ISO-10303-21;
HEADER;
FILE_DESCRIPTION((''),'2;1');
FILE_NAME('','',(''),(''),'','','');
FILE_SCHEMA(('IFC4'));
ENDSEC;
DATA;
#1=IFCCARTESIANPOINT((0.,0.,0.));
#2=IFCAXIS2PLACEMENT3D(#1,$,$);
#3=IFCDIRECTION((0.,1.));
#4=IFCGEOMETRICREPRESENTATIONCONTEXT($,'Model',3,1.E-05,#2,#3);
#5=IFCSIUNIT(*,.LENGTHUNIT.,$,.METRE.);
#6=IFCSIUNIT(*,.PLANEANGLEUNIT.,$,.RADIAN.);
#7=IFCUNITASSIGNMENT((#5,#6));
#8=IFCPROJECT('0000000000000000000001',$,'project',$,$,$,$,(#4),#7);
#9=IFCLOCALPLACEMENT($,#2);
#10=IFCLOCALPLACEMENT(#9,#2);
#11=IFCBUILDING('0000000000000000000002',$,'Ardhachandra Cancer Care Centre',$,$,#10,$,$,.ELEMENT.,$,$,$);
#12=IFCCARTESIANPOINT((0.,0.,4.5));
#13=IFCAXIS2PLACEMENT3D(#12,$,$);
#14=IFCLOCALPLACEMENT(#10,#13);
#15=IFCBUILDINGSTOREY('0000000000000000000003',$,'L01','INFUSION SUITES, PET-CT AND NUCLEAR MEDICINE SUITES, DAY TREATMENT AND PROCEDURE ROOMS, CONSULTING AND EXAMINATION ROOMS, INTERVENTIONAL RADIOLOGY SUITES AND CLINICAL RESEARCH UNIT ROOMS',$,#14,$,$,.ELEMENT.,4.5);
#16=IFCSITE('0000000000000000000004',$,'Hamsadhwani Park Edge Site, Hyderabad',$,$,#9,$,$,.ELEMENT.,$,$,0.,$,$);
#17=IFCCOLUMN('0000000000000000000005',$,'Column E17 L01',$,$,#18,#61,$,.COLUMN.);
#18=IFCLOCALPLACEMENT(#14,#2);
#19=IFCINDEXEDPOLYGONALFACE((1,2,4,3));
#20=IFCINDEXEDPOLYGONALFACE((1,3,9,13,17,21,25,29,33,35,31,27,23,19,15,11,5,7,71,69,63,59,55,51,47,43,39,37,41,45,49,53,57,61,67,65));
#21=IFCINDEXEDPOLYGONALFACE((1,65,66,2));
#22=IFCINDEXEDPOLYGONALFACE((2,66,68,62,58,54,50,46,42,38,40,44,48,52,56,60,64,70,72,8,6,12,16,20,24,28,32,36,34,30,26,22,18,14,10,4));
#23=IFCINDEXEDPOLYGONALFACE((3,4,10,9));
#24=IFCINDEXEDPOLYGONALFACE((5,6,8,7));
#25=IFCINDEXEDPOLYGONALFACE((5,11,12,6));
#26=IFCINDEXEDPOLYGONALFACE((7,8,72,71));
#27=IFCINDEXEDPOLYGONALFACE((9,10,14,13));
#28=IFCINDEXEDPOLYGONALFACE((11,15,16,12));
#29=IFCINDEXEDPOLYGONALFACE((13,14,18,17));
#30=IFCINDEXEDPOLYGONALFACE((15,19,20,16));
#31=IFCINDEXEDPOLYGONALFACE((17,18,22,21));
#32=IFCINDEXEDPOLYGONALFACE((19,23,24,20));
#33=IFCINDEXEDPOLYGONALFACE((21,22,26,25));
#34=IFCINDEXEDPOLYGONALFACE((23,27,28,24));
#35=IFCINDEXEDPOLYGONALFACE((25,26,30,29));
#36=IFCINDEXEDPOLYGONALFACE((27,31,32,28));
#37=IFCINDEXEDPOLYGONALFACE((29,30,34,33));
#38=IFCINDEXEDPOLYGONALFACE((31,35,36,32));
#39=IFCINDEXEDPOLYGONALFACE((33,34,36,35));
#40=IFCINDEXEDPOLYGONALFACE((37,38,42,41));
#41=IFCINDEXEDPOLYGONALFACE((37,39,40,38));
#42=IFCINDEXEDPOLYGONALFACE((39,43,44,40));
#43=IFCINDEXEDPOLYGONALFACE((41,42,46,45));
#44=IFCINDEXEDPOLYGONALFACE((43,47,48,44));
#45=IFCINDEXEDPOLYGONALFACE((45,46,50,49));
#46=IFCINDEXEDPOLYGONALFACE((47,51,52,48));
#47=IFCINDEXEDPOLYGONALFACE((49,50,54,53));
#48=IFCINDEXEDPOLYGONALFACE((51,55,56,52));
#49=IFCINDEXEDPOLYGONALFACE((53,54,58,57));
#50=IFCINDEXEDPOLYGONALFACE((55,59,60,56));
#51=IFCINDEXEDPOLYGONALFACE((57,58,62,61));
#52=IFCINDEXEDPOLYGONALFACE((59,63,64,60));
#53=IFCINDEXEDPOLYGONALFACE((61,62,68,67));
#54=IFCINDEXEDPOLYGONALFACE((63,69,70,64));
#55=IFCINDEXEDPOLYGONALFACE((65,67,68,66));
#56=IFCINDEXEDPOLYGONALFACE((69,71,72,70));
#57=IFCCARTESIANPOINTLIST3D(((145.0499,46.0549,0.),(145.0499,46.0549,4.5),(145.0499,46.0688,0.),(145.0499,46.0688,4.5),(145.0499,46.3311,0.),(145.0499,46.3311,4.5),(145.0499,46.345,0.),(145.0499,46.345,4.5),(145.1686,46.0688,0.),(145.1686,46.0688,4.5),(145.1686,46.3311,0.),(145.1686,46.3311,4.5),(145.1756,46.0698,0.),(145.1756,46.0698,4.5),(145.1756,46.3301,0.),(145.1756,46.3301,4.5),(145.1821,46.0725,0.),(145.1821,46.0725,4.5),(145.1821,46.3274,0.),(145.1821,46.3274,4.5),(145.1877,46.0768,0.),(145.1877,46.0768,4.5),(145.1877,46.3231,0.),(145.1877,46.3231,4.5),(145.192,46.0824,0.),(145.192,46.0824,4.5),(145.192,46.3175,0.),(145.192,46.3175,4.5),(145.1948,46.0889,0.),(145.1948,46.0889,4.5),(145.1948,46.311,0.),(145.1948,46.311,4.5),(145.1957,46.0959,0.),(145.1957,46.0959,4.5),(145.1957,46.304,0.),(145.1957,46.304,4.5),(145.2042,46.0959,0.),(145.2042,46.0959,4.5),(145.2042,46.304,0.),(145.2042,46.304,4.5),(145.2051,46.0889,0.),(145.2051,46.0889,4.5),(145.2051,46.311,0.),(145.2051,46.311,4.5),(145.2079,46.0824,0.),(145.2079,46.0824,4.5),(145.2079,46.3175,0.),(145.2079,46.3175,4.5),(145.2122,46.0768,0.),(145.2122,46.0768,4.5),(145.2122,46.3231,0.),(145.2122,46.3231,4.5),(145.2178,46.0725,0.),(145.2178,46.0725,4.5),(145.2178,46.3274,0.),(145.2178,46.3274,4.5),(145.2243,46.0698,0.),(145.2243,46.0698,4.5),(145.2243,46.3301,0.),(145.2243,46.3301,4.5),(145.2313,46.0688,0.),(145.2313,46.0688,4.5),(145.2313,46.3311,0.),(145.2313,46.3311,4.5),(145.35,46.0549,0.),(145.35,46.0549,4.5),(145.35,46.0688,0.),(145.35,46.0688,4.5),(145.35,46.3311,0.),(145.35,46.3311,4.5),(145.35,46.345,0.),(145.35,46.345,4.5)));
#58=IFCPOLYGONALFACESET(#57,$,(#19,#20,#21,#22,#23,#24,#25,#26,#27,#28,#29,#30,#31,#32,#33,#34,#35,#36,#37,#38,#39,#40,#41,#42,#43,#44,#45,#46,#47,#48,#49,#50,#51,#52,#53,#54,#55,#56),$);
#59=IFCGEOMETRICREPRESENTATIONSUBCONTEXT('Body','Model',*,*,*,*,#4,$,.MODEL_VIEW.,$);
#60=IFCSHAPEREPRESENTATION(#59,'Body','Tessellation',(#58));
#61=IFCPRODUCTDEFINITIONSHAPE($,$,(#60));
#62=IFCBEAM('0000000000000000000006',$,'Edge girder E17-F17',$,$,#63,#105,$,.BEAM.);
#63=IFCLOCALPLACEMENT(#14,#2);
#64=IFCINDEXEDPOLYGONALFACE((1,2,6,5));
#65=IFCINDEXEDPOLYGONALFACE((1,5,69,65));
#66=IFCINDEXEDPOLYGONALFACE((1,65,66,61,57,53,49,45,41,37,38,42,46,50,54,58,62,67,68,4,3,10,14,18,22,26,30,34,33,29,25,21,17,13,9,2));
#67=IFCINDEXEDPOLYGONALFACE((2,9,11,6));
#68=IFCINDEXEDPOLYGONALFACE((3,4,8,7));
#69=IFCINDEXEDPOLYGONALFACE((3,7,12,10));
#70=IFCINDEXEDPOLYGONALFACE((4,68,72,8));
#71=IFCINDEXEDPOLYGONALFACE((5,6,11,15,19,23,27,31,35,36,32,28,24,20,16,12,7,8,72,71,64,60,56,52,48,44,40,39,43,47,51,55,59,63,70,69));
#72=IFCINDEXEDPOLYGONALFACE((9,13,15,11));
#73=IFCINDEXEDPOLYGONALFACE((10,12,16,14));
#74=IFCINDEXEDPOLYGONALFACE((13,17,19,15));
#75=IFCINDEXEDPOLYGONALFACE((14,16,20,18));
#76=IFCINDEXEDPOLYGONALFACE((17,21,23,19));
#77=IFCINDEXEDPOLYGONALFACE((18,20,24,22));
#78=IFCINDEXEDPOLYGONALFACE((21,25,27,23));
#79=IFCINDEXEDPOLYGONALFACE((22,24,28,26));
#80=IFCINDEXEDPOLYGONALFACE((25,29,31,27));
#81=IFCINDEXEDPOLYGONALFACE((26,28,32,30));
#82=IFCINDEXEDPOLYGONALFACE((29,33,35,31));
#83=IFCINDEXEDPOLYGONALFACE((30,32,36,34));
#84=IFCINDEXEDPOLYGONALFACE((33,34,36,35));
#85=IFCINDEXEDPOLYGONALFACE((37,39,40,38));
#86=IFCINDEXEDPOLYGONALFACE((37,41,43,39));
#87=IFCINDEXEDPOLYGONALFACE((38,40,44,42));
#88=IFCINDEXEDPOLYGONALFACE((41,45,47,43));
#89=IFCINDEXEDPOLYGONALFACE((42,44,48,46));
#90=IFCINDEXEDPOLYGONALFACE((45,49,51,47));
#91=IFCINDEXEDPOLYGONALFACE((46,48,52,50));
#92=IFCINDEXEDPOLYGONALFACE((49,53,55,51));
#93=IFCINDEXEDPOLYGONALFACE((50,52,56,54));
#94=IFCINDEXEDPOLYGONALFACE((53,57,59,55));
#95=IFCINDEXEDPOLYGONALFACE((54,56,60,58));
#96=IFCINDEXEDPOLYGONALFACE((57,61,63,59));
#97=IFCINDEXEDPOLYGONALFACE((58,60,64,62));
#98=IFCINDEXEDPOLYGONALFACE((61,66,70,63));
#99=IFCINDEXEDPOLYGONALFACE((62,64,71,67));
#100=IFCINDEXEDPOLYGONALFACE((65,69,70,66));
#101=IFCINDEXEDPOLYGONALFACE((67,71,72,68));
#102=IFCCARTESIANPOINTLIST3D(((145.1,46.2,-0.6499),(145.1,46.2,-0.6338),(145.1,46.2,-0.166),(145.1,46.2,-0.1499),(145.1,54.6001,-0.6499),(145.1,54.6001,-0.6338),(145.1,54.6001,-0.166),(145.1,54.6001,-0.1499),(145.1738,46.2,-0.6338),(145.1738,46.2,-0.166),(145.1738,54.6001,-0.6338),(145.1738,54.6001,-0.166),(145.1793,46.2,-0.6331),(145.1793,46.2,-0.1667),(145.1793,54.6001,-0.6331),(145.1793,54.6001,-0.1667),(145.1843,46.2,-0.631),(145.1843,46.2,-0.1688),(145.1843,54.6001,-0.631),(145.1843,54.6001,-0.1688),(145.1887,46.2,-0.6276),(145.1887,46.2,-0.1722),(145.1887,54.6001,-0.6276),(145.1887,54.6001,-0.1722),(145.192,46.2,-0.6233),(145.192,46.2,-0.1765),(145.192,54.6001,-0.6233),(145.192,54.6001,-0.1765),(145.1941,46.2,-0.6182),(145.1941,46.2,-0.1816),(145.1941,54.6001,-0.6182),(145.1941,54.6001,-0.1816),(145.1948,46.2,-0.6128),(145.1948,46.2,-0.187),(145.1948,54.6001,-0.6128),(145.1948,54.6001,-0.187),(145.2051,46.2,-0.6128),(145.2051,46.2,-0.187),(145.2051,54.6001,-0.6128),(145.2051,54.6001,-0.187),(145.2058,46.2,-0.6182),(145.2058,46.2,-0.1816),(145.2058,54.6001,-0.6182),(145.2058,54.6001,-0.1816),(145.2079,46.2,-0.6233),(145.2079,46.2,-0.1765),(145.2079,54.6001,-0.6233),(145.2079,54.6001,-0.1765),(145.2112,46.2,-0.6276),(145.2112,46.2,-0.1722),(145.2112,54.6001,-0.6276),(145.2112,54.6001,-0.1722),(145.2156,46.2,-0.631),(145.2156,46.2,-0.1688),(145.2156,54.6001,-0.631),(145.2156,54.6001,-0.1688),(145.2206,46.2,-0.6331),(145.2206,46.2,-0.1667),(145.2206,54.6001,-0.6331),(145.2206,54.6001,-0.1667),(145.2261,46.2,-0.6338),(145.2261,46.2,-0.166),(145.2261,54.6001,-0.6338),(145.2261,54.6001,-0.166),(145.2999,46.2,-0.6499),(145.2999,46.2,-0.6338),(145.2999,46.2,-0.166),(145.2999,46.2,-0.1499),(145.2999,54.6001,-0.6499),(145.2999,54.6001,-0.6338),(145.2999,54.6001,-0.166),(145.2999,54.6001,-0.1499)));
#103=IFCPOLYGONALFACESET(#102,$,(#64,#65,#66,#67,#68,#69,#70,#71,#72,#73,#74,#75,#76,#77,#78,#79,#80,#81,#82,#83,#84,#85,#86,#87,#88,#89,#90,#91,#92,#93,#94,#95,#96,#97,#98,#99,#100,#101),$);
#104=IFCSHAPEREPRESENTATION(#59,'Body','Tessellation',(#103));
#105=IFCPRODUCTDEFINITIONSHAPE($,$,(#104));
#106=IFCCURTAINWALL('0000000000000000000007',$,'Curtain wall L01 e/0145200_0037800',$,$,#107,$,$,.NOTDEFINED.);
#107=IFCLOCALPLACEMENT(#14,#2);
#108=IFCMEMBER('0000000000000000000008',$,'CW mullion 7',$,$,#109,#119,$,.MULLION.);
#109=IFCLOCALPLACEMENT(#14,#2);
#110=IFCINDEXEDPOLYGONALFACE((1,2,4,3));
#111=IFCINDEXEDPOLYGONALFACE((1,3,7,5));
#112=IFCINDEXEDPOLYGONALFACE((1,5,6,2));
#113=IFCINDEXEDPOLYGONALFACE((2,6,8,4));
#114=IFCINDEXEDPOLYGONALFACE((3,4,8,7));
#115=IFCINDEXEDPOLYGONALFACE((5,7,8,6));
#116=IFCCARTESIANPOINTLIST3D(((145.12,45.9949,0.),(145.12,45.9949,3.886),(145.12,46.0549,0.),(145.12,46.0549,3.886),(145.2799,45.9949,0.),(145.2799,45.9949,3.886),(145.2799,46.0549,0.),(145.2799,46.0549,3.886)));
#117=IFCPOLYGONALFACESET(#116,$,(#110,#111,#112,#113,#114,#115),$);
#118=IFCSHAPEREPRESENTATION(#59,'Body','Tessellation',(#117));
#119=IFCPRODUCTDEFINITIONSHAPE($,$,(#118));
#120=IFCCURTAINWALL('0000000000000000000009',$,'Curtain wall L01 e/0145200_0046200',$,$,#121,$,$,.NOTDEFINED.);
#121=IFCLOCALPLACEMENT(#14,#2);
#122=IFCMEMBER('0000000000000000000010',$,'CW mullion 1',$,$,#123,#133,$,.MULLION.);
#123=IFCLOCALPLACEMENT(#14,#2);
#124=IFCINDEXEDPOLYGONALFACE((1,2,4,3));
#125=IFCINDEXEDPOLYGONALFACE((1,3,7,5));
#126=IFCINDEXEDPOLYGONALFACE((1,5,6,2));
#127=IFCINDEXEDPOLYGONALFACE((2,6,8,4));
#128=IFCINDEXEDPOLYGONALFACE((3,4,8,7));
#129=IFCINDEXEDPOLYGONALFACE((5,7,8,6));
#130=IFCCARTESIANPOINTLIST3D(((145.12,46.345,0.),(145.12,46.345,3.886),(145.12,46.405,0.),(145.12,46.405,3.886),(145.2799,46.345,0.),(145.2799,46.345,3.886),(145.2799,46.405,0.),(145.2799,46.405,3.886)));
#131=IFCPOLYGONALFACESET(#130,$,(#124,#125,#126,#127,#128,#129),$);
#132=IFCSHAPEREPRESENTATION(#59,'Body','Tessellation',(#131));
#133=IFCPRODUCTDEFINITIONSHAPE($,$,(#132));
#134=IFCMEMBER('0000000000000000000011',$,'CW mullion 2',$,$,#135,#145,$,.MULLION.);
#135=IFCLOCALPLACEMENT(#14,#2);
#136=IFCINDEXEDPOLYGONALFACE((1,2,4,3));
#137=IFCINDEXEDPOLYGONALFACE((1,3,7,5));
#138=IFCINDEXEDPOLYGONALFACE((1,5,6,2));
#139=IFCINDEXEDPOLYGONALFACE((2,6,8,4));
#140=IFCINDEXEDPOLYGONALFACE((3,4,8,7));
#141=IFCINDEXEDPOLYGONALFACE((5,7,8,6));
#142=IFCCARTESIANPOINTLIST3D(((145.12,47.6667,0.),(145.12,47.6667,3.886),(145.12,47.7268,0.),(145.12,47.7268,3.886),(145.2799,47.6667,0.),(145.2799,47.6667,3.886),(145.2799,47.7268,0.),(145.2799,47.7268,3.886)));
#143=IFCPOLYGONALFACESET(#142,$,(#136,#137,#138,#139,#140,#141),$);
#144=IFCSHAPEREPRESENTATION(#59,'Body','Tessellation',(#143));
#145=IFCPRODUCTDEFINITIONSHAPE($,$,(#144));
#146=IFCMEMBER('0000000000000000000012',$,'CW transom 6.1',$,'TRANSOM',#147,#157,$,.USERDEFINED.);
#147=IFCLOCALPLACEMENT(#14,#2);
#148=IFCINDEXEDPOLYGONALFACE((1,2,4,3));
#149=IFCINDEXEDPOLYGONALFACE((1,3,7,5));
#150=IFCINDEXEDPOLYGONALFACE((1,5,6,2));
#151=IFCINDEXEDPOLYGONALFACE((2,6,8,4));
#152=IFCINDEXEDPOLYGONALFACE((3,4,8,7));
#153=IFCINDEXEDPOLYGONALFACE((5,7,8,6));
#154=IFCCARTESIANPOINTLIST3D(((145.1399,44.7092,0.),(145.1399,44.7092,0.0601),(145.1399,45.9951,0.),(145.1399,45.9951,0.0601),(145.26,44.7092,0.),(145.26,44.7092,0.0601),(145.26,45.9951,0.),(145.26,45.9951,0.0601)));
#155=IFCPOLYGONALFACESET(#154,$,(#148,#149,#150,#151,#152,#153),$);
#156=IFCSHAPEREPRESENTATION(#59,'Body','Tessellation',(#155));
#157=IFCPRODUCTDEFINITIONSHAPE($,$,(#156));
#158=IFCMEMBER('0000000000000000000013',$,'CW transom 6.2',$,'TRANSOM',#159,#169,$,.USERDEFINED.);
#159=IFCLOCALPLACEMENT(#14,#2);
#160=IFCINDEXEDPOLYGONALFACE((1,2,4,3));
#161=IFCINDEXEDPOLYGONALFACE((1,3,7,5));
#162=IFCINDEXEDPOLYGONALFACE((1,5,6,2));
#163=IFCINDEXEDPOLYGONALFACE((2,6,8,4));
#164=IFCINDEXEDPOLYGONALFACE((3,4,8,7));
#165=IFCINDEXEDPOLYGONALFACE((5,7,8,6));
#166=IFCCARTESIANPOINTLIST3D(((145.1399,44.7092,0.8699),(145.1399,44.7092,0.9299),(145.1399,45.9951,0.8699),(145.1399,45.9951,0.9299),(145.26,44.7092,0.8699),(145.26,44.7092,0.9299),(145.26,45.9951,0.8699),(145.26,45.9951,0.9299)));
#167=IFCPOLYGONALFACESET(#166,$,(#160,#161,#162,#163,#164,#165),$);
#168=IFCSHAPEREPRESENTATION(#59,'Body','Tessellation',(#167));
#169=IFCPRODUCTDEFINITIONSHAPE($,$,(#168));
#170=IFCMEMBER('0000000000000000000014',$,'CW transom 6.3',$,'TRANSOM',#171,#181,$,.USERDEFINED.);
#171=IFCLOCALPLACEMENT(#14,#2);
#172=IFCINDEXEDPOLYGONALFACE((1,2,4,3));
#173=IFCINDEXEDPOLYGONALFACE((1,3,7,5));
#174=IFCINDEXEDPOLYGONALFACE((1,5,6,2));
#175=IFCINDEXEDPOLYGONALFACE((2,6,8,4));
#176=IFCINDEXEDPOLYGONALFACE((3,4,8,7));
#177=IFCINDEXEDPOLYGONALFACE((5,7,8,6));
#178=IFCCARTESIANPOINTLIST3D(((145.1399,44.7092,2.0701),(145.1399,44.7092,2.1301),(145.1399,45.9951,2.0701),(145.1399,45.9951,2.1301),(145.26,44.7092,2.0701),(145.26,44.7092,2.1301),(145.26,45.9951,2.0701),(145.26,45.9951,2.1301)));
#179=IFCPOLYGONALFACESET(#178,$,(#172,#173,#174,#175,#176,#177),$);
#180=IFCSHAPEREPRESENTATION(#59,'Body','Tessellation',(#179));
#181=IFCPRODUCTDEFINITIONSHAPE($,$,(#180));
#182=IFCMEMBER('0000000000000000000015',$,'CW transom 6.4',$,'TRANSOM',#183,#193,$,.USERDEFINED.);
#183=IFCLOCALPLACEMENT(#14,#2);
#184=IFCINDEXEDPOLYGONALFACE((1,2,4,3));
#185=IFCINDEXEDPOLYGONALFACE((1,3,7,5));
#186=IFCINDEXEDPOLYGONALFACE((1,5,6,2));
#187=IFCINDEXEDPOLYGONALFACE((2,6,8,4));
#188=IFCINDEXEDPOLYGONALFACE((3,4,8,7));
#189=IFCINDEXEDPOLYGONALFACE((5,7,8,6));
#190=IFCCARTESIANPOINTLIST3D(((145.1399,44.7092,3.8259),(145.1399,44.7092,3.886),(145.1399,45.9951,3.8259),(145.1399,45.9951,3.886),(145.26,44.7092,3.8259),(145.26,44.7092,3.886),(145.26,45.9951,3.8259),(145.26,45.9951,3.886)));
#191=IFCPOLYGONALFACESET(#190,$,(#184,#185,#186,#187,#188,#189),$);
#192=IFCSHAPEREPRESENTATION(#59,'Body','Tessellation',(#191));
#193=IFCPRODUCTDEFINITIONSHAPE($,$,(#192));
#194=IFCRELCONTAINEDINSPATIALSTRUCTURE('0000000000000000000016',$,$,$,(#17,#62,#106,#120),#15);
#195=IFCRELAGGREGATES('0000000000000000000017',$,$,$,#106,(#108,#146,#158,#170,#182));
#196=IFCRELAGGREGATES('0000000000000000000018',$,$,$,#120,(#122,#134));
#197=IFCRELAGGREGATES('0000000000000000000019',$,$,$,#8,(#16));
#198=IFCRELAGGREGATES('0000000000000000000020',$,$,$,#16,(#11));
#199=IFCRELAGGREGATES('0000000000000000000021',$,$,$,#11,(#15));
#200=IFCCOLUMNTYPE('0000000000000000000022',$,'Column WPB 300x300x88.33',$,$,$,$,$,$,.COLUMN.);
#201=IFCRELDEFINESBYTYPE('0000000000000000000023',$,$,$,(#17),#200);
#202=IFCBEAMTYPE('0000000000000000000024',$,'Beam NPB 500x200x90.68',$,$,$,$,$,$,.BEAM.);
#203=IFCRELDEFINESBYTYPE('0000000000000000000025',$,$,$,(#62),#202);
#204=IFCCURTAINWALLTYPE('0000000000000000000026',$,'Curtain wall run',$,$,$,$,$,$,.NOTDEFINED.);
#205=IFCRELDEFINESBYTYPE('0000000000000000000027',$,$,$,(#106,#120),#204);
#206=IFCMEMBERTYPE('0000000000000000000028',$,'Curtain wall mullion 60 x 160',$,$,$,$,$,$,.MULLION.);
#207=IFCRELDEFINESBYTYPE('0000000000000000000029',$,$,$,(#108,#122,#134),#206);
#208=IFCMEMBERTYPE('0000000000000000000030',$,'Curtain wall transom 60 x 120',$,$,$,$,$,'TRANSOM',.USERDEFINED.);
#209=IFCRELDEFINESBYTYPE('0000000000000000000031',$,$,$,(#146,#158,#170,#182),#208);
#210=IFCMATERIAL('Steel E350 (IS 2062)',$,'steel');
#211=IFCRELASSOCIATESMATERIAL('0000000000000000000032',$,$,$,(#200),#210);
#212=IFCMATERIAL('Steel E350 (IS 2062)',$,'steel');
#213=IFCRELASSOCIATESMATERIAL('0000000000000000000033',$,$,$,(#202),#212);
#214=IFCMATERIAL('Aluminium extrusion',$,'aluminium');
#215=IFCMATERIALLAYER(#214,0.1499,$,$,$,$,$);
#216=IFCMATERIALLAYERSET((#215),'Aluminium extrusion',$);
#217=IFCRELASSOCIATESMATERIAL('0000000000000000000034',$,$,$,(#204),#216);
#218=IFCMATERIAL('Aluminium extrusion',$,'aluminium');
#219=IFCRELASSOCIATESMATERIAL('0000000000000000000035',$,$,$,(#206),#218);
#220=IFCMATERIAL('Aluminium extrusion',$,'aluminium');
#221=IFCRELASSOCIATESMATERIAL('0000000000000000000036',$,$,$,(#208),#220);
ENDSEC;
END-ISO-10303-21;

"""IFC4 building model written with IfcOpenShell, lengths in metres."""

from ifc_helpers import new_model, si_unit, direction, frame, origin, origin_2d, place, context, subcontext, project, spatial, rectangle, i_section, extrude, material, layer, layer_set, material_profile, profile_set, type_object, element, aggregate, save


model = new_model("IFC4")

# Units and contexts
model_context = context("Model", 3, precision=1e-05, world=origin(), true_north=direction((0.0, 1.0)))
body_context = subcontext(model_context, "Body", "Model", "MODEL_VIEW")
ifc_project = project(units=[si_unit("LENGTHUNIT", "METRE"), si_unit("PLANEANGLEUNIT", "RADIAN")], contexts=[model_context])

# Site, building, storey
site_placement = place(None, origin())
site = spatial("IfcSite", under=ifc_project, at=site_placement, Name="Hamsadhwani Park Edge Site, Hyderabad", CompositionType="ELEMENT", RefElevation=0.0)
building_placement = place(site_placement, origin())
building = spatial("IfcBuilding", under=site, at=building_placement, Name="Ardhachandra Cancer Care Centre", CompositionType="ELEMENT")
storey_placement = place(building_placement, frame((0.0, 0.0, 4.5)))
storey = spatial("IfcBuildingStorey", under=building, at=storey_placement, Name="L01", Description="INFUSION SUITES, PET-CT AND NUCLEAR MEDICINE SUITES, DAY TREATMENT AND PROCEDURE ROOMS, CONSULTING AND EXAMINATION ROOMS, INTERVENTIONAL RADIOLOGY SUITES AND CLINICAL RESEARCH UNIT ROOMS", CompositionType="ELEMENT", Elevation=4.5)

# Column
ifc_material_1 = material(Name="Steel E350 (IS 2062)", Category="steel")
ifc_material_profile_1 = material_profile(ifc_material_1, i_section(OverallWidth=0.3, OverallDepth=0.29, WebThickness=0.0085, FlangeThickness=0.0139, FilletRadius=0.0271, at=origin_2d()), Name="WPB 300x300x88.33")
ifc_profile_set_1 = profile_set([ifc_material_profile_1], Name="Steel E350 (IS 2062)")
column_type = type_object("IfcColumnType", Name="Column WPB 300x300x88.33", PredefinedType="COLUMN", material=ifc_profile_set_1)
column_placement = place(storey_placement, frame((145.2, 46.2, 0.0), z_axis=(0.0, 0.0, 1.0), x_axis=(1.0, 0.0, 0.0)))
element("IfcColumn", 1, at=column_placement, inside=storey, type_object=column_type, Name="Column E17 L01", PredefinedType="COLUMN", context=body_context, shape_type="SweptSolid", body=[
    extrude(i_section(OverallWidth=0.3, OverallDepth=0.29, WebThickness=0.0085, FlangeThickness=0.0139, FilletRadius=0.0271, at=origin_2d()), origin(), (0.0, 0.0, 1.0), 4.5),
])

# Beam
ifc_material_2 = material(Name="Steel E350 (IS 2062)", Category="steel")
ifc_material_profile_2 = material_profile(ifc_material_2, i_section(OverallWidth=0.2, OverallDepth=0.5, WebThickness=0.0103, FlangeThickness=0.0161, FilletRadius=0.021, at=origin_2d()), Name="NPB 500x200x90.68")
ifc_profile_set_2 = profile_set([ifc_material_profile_2], Name="Steel E350 (IS 2062)")
beam_type = type_object("IfcBeamType", Name="Beam NPB 500x200x90.68", PredefinedType="BEAM", material=ifc_profile_set_2)
beam_placement = place(storey_placement, frame((145.2, 46.2, -0.3999), z_axis=(0.0, 1.0, 0.0), x_axis=(-1.0, 0.0, 0.0)))
element("IfcBeam", 2, at=beam_placement, inside=storey, type_object=beam_type, Name="Edge girder E17-F17", PredefinedType="BEAM", context=body_context, shape_type="SweptSolid", body=[
    extrude(i_section(OverallWidth=0.2, OverallDepth=0.5, WebThickness=0.0103, FlangeThickness=0.0161, FilletRadius=0.021, at=origin_2d()), origin(), (0.0, 0.0, 1.0), 8.4001),
])

# Curtain wall, member
ifc_material_3 = material(Name="Aluminium extrusion", Category="aluminium")
ifc_layer_1 = layer(ifc_material_3, 0.1499)
ifc_layer_set_1 = layer_set([ifc_layer_1], Name="Aluminium extrusion")
curtain_wall_type = type_object("IfcCurtainWallType", Name="Curtain wall run", PredefinedType="NOTDEFINED", material=ifc_layer_set_1)
curtain_wall_1_placement = place(storey_placement, origin())
curtain_wall_1 = element("IfcCurtainWall", 3, at=curtain_wall_1_placement, inside=storey, type_object=curtain_wall_type, Name="Curtain wall L01 e/0145200_0037800", PredefinedType="NOTDEFINED")
ifc_material_4 = material(Name="Aluminium extrusion", Category="aluminium")
ifc_material_profile_3 = material_profile(ifc_material_4, rectangle(XDim=0.1599, YDim=0.0601, at=origin_2d()), Name="Curtain wall mullion 60 x 160")
ifc_profile_set_3 = profile_set([ifc_material_profile_3], Name="Aluminium extrusion")
member_type_1 = type_object("IfcMemberType", Name="Curtain wall mullion 60 x 160", PredefinedType="MULLION", material=ifc_profile_set_3)
member_1_placement = place(storey_placement, frame((145.2, 46.0249, 0.0), z_axis=(0.0, 0.0, 1.0), x_axis=(-1.0, 0.0, 0.0)))
member_1 = element("IfcMember", 4, at=member_1_placement, type_object=member_type_1, Name="CW mullion 7", PredefinedType="MULLION", context=body_context, shape_type="SweptSolid", body=[
    extrude(rectangle(XDim=0.1599, YDim=0.0601, at=origin_2d()), origin(), (0.0, 0.0, 1.0), 3.886),
])

# Curtain wall, members
curtain_wall_2_placement = place(storey_placement, origin())
curtain_wall_2 = element("IfcCurtainWall", 5, at=curtain_wall_2_placement, inside=storey, type_object=curtain_wall_type, Name="Curtain wall L01 e/0145200_0046200", PredefinedType="NOTDEFINED")
member_2_placement = place(storey_placement, frame((145.2, 46.375, 0.0), z_axis=(0.0, 0.0, 1.0), x_axis=(-1.0, 0.0, 0.0)))
member_2 = element("IfcMember", 6, at=member_2_placement, type_object=member_type_1, Name="CW mullion 1", PredefinedType="MULLION", context=body_context, shape_type="SweptSolid", body=[
    extrude(rectangle(XDim=0.1599, YDim=0.0601, at=origin_2d()), origin(), (0.0, 0.0, 1.0), 3.886),
])
member_3_placement = place(storey_placement, frame((145.2, 47.6968, 0.0), z_axis=(0.0, 0.0, 1.0), x_axis=(-1.0, 0.0, 0.0)))
member_3 = element("IfcMember", 7, at=member_3_placement, type_object=member_type_1, Name="CW mullion 2", PredefinedType="MULLION", context=body_context, shape_type="SweptSolid", body=[
    extrude(rectangle(XDim=0.1599, YDim=0.0601, at=origin_2d()), origin(), (0.0, 0.0, 1.0), 3.886),
])

# Members
ifc_material_5 = material(Name="Aluminium extrusion", Category="aluminium")
ifc_material_profile_4 = material_profile(ifc_material_5, rectangle(XDim=0.1201, YDim=0.0601, at=origin_2d()), Name="Curtain wall transom 60 x 120")
ifc_profile_set_4 = profile_set([ifc_material_profile_4], Name="Aluminium extrusion")
member_type_2 = type_object("IfcMemberType", Name="Curtain wall transom 60 x 120", ElementType="TRANSOM", PredefinedType="USERDEFINED", material=ifc_profile_set_4)
member_4_placement = place(storey_placement, frame((145.2, 44.7092, 0.03), z_axis=(0.0, 1.0, 0.0), x_axis=(-1.0, 0.0, 0.0)))
member_4 = element("IfcMember", 8, at=member_4_placement, type_object=member_type_2, Name="CW transom 6.1", ObjectType="TRANSOM", PredefinedType="USERDEFINED", context=body_context, shape_type="SweptSolid", body=[
    extrude(rectangle(XDim=0.1201, YDim=0.0601, at=origin_2d()), origin(), (0.0, 0.0, 1.0), 1.2859),
])
member_5_placement = place(storey_placement, frame((145.2, 44.7092, 0.8999), z_axis=(0.0, 1.0, 0.0), x_axis=(-1.0, 0.0, 0.0)))
member_5 = element("IfcMember", 9, at=member_5_placement, type_object=member_type_2, Name="CW transom 6.2", ObjectType="TRANSOM", PredefinedType="USERDEFINED", context=body_context, shape_type="SweptSolid", body=[
    extrude(rectangle(XDim=0.1201, YDim=0.0601, at=origin_2d()), origin(), (0.0, 0.0, 1.0), 1.2859),
])
member_6_placement = place(storey_placement, frame((145.2, 44.7092, 2.1001), z_axis=(0.0, 1.0, 0.0), x_axis=(-1.0, 0.0, 0.0)))
member_6 = element("IfcMember", 10, at=member_6_placement, type_object=member_type_2, Name="CW transom 6.3", ObjectType="TRANSOM", PredefinedType="USERDEFINED", context=body_context, shape_type="SweptSolid", body=[
    extrude(rectangle(XDim=0.1201, YDim=0.0601, at=origin_2d()), origin(), (0.0, 0.0, 1.0), 1.2859),
])
member_7_placement = place(storey_placement, frame((145.2, 44.7092, 3.856), z_axis=(0.0, 1.0, 0.0), x_axis=(-1.0, 0.0, 0.0)))
member_7 = element("IfcMember", 11, at=member_7_placement, type_object=member_type_2, Name="CW transom 6.4", ObjectType="TRANSOM", PredefinedType="USERDEFINED", context=body_context, shape_type="SweptSolid", body=[
    extrude(rectangle(XDim=0.1201, YDim=0.0601, at=origin_2d()), origin(), (0.0, 0.0, 1.0), 1.2859),
])

aggregate(curtain_wall_1, [member_1, member_4, member_5, member_6, member_7])
aggregate(curtain_wall_2, [member_2, member_3])

save(model, "model.ifc")
